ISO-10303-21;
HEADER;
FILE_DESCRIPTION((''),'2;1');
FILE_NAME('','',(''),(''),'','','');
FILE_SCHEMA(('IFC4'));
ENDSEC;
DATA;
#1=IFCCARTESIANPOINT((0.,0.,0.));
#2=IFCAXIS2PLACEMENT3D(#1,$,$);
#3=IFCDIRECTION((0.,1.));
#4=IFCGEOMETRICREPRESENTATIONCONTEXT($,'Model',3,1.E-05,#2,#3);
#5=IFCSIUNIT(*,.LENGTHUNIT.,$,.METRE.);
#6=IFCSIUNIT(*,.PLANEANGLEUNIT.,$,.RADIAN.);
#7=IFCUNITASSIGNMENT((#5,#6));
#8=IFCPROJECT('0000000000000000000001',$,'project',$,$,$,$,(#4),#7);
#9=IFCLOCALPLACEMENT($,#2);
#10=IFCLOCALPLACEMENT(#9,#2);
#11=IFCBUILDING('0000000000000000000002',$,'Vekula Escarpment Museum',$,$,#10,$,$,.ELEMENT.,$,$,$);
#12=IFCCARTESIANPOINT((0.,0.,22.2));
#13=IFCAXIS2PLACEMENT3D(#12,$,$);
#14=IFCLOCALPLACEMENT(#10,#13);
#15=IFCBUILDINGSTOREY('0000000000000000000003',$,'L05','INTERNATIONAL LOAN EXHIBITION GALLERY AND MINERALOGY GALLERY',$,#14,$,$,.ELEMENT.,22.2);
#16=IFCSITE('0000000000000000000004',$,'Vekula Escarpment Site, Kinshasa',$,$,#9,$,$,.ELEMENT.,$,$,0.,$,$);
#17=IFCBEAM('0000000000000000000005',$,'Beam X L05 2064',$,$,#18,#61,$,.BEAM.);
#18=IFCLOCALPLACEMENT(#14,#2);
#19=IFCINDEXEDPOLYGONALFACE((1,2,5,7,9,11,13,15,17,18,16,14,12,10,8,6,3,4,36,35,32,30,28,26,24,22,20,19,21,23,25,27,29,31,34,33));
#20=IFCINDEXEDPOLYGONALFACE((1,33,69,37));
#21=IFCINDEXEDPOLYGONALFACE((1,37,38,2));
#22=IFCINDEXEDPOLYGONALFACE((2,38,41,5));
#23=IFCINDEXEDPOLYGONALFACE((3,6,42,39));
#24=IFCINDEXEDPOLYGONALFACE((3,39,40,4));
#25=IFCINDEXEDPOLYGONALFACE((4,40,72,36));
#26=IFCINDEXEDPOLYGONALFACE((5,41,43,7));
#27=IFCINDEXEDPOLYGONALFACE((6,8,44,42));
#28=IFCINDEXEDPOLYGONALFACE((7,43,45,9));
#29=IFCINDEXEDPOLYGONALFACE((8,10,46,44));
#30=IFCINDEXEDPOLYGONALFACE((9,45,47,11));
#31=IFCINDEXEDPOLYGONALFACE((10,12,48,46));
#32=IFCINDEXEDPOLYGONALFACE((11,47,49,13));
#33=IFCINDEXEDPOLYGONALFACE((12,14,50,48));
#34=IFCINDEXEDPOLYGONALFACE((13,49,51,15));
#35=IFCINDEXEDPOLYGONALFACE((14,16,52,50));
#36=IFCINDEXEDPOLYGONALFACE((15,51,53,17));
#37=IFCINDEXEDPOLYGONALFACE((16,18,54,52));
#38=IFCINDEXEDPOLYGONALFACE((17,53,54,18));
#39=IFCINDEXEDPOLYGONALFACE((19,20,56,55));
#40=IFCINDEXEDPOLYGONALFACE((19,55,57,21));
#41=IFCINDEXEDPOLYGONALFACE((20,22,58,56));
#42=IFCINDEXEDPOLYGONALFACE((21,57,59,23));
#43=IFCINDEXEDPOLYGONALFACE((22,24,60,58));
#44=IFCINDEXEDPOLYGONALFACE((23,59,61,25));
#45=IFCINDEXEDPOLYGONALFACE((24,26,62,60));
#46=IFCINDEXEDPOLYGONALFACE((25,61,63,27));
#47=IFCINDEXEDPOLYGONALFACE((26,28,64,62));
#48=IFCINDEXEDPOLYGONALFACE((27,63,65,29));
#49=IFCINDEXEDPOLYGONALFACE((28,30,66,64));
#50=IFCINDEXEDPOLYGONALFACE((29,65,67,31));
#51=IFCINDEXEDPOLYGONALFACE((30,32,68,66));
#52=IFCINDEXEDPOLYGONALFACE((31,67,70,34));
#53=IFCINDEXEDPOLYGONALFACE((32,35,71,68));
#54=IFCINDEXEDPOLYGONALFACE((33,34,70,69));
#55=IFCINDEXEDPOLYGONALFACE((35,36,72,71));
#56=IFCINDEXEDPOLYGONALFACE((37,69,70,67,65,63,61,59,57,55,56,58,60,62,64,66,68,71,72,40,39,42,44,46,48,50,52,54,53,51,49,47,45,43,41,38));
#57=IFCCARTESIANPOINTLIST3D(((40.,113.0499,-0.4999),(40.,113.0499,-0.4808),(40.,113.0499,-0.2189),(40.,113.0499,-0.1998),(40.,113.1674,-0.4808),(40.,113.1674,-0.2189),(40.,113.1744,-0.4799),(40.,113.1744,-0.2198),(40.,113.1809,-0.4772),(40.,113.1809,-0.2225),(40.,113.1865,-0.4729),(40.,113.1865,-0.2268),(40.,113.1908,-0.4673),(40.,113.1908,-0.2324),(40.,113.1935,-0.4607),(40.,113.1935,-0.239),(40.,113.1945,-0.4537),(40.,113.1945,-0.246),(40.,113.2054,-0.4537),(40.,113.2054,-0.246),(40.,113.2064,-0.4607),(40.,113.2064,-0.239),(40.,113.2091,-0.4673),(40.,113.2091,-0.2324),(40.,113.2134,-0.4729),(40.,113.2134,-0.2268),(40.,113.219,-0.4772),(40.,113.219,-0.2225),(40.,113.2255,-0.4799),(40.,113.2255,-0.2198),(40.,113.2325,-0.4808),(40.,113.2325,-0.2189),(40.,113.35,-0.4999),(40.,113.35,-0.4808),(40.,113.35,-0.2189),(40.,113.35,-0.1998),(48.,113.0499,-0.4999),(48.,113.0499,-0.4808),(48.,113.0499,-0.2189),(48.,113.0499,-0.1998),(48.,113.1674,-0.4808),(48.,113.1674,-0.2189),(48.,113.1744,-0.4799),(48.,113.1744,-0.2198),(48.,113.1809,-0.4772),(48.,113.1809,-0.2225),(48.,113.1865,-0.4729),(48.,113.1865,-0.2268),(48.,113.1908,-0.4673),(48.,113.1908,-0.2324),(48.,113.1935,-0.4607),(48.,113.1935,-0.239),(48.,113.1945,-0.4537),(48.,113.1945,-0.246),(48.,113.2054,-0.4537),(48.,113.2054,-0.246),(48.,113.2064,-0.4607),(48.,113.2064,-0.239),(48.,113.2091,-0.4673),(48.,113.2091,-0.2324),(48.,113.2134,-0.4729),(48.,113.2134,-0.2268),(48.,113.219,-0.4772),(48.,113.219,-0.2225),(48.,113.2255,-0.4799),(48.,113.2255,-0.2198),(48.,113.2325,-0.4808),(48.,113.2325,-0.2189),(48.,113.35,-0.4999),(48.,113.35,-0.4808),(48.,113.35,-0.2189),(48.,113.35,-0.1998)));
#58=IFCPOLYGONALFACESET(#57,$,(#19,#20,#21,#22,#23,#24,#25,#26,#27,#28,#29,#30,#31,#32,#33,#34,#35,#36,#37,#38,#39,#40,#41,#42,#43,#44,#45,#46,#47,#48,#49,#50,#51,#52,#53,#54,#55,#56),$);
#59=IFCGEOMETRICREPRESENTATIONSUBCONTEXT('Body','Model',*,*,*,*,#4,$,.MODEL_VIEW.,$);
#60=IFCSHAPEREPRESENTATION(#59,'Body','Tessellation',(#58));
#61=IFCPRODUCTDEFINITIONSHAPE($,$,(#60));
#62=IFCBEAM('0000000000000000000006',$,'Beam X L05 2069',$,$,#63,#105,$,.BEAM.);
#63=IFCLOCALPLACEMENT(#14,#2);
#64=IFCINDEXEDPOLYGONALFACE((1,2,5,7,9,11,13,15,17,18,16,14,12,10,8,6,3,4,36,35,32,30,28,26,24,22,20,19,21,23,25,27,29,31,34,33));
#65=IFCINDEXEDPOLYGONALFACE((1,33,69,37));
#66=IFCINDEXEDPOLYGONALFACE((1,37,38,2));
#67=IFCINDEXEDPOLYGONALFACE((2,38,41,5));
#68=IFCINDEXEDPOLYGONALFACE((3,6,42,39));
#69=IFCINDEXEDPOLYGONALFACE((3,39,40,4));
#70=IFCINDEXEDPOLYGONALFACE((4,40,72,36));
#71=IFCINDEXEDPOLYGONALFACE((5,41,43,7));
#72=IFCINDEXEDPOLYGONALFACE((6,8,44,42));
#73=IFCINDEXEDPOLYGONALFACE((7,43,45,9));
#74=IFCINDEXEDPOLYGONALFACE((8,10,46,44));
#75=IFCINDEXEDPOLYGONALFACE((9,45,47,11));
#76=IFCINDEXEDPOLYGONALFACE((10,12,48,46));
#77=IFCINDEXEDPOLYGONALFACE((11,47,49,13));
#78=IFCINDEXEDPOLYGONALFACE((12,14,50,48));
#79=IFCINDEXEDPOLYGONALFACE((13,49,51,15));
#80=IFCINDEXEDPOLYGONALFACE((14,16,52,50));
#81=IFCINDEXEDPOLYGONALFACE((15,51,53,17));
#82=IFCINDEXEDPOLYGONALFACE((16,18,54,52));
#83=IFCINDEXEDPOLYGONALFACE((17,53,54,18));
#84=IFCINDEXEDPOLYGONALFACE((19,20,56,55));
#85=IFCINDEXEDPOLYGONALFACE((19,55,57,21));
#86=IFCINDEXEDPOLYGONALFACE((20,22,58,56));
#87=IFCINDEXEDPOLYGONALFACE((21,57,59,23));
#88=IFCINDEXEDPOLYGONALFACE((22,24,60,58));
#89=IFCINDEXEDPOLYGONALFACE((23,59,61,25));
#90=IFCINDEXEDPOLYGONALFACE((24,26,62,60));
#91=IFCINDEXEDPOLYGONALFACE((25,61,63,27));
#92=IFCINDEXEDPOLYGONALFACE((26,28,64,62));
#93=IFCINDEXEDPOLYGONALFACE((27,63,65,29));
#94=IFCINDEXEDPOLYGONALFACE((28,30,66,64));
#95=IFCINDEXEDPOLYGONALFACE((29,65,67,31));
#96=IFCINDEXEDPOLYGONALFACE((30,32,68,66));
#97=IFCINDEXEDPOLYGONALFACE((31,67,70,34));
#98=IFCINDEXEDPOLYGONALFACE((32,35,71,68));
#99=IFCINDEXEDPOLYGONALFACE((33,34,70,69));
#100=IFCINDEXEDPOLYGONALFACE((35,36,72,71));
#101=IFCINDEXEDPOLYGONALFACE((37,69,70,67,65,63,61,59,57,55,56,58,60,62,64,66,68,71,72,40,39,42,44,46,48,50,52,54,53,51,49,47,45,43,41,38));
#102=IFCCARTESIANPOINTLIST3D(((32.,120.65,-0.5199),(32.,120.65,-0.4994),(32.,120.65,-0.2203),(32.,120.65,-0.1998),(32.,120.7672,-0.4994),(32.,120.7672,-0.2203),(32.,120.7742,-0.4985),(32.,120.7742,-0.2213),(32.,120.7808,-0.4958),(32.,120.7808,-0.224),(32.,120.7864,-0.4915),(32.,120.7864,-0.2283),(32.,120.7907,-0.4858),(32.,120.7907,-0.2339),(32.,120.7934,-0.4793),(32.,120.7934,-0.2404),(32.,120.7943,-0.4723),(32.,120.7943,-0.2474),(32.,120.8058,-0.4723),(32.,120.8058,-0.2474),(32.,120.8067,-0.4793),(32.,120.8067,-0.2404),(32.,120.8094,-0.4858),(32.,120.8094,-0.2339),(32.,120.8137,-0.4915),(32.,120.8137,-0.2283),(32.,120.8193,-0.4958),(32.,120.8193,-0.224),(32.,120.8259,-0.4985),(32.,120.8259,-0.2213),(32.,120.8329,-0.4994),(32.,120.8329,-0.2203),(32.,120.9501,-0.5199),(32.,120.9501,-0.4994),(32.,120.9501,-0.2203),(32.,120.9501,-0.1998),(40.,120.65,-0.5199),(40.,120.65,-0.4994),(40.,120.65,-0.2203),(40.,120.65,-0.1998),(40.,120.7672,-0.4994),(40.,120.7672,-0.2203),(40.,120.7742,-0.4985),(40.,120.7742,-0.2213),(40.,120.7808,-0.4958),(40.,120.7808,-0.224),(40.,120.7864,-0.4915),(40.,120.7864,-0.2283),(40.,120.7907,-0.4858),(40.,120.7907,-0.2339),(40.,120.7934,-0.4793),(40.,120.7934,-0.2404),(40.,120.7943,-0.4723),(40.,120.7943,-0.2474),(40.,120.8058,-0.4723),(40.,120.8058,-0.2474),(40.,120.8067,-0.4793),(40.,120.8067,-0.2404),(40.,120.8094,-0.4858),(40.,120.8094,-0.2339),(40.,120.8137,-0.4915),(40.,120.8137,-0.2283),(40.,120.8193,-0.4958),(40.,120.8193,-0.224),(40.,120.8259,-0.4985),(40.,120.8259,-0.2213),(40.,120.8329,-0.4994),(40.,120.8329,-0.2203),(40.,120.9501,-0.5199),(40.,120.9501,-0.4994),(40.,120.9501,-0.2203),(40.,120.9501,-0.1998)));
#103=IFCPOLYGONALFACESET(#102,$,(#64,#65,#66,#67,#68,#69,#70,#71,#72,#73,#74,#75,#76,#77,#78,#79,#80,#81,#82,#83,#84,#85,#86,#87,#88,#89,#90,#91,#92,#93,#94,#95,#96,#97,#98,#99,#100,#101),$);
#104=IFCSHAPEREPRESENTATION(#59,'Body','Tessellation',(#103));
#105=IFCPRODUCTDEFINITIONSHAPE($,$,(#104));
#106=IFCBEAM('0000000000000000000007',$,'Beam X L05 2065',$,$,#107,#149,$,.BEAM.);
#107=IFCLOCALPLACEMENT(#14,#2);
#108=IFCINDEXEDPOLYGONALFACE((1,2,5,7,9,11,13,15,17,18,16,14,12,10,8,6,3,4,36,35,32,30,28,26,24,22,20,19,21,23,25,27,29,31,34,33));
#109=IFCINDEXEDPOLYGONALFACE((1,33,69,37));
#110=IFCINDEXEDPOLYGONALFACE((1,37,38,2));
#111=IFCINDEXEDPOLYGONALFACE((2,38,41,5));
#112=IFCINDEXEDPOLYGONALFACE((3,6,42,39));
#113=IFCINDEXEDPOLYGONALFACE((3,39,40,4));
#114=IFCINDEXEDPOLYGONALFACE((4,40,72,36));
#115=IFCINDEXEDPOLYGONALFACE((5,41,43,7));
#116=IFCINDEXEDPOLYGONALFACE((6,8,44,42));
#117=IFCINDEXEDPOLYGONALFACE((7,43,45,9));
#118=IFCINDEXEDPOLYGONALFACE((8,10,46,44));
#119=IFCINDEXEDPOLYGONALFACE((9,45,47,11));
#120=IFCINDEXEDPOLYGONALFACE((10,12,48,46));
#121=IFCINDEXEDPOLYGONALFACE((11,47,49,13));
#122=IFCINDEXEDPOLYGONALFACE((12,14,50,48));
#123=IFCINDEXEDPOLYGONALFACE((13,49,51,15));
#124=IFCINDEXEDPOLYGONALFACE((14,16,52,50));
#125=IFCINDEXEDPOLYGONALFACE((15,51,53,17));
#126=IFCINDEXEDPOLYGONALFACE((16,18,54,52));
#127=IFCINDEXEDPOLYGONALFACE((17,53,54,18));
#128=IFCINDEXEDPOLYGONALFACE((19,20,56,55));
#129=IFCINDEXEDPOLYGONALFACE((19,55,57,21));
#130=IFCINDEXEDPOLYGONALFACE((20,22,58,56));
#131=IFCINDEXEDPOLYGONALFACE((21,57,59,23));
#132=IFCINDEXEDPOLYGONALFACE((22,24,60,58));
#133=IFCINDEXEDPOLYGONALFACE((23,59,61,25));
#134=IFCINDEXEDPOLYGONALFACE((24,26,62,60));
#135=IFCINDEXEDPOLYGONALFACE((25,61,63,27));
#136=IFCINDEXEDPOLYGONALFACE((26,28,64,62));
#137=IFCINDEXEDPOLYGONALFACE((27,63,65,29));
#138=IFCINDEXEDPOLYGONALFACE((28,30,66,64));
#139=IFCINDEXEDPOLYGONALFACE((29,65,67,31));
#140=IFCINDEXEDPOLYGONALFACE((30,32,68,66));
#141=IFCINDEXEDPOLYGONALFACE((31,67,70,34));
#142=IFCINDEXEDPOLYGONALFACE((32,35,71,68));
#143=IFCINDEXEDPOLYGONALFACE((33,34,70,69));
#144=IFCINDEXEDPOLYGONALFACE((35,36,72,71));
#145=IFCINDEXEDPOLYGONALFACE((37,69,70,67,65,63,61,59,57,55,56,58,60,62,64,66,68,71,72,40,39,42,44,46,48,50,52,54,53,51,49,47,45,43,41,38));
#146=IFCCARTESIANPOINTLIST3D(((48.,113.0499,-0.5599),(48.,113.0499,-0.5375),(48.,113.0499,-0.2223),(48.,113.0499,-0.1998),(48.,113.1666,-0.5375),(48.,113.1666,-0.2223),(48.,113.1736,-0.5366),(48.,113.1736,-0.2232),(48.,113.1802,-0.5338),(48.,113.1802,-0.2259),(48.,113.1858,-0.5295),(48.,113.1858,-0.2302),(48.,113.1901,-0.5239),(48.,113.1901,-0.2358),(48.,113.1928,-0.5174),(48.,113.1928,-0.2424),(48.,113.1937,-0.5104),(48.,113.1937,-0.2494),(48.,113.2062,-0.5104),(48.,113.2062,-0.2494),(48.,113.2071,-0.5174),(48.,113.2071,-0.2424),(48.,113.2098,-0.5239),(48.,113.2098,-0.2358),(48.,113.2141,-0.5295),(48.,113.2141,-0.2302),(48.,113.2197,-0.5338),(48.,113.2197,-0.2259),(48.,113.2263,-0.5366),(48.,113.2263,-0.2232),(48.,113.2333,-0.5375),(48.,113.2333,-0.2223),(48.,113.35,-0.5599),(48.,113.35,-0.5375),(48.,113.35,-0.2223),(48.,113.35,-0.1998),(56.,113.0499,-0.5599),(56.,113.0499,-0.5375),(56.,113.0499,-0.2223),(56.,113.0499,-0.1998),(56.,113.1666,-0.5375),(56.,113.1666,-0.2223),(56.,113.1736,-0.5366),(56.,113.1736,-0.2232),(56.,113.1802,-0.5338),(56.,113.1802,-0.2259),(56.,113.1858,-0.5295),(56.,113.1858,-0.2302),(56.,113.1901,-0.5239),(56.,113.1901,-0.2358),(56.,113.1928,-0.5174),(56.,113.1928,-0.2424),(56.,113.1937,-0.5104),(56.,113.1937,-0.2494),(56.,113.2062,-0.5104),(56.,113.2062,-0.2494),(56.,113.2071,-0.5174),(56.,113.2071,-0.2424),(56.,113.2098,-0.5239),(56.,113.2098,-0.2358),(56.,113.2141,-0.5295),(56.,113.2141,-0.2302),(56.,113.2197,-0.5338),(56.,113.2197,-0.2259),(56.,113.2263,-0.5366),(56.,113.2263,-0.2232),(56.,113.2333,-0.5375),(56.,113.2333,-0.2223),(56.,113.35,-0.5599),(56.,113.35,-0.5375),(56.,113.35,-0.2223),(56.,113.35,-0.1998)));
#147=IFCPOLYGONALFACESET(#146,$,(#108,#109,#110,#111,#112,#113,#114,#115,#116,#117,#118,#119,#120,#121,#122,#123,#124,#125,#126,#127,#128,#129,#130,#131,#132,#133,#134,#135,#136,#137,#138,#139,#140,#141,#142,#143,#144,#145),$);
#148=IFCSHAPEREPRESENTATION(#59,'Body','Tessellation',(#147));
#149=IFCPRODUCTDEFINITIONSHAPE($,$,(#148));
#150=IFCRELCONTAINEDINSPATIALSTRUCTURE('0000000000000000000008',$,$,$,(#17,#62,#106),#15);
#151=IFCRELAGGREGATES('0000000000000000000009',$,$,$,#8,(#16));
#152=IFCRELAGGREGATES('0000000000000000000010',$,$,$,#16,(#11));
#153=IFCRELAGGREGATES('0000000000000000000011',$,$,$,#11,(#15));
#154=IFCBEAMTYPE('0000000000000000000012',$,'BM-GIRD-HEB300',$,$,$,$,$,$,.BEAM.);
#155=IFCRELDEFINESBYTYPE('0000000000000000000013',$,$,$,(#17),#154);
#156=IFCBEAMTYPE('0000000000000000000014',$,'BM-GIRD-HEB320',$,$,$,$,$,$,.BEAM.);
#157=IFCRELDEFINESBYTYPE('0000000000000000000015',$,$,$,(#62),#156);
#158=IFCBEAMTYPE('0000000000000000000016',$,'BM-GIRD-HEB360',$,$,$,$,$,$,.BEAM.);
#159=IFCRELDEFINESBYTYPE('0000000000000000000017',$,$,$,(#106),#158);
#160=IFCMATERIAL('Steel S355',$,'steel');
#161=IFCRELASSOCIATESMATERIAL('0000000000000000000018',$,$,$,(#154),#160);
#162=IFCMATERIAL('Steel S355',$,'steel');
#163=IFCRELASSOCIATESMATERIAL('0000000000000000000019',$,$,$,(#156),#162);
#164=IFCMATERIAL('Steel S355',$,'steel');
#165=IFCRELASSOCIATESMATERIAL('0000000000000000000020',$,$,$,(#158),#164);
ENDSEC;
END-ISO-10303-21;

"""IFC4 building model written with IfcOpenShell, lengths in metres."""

from ifc_helpers import new_model, si_unit, direction, frame, origin, origin_2d, place, context, subcontext, project, spatial, i_section, extrude, material, material_profile, profile_set, type_object, element, save


model = new_model("IFC4")

# Units and contexts
model_context = context("Model", 3, precision=1e-05, world=origin(), true_north=direction((0.0, 1.0)))
body_context = subcontext(model_context, "Body", "Model", "MODEL_VIEW")
ifc_project = project(units=[si_unit("LENGTHUNIT", "METRE"), si_unit("PLANEANGLEUNIT", "RADIAN")], contexts=[model_context])

# Site, building, storey
site_placement = place(None, origin())
site = spatial("IfcSite", under=ifc_project, at=site_placement, Name="Vekula Escarpment Site, Kinshasa", CompositionType="ELEMENT", RefElevation=0.0)
building_placement = place(site_placement, origin())
building = spatial("IfcBuilding", under=site, at=building_placement, Name="Vekula Escarpment Museum", CompositionType="ELEMENT")
storey_placement = place(building_placement, frame((0.0, 0.0, 22.2)))
storey = spatial("IfcBuildingStorey", under=building, at=storey_placement, Name="L05", Description="INTERNATIONAL LOAN EXHIBITION GALLERY AND MINERALOGY GALLERY", CompositionType="ELEMENT", Elevation=22.2)

# Beams
ifc_material_1 = material(Name="Steel S355", Category="steel")
ifc_material_profile_1 = material_profile(ifc_material_1, i_section(OverallWidth=0.3, OverallDepth=0.3, WebThickness=0.011, FlangeThickness=0.019, FilletRadius=0.0271, at=origin_2d()), Name="HEB 300")
ifc_profile_set_1 = profile_set([ifc_material_profile_1], Name="Steel S355")
beam_type_1 = type_object("IfcBeamType", Name="BM-GIRD-HEB300", PredefinedType="BEAM", material=ifc_profile_set_1)
beam_1_placement = place(storey_placement, frame((40.0, 113.2, -0.3499), z_axis=(1.0, 0.0, 0.0), x_axis=(0.0, 1.0, 0.0)))
element("IfcBeam", 1, at=beam_1_placement, inside=storey, type_object=beam_type_1, Name="Beam X L05 2064", PredefinedType="BEAM", context=body_context, shape_type="SweptSolid", body=[
    extrude(i_section(OverallWidth=0.3, OverallDepth=0.3, WebThickness=0.011, FlangeThickness=0.019, FilletRadius=0.0271, at=origin_2d()), origin(), (0.0, 0.0, 1.0), 8.0),
])
ifc_material_2 = material(Name="Steel S355", Category="steel")
ifc_material_profile_2 = material_profile(ifc_material_2, i_section(OverallWidth=0.3, OverallDepth=0.3201, WebThickness=0.0115, FlangeThickness=0.0205, FilletRadius=0.0271, at=origin_2d()), Name="HEB 320")
ifc_profile_set_2 = profile_set([ifc_material_profile_2], Name="Steel S355")
beam_type_2 = type_object("IfcBeamType", Name="BM-GIRD-HEB320", PredefinedType="BEAM", material=ifc_profile_set_2)
beam_2_placement = place(storey_placement, frame((32.0, 120.8, -0.3599), z_axis=(1.0, 0.0, 0.0), x_axis=(0.0, 1.0, 0.0)))
element("IfcBeam", 2, at=beam_2_placement, inside=storey, type_object=beam_type_2, Name="Beam X L05 2069", PredefinedType="BEAM", context=body_context, shape_type="SweptSolid", body=[
    extrude(i_section(OverallWidth=0.3, OverallDepth=0.3201, WebThickness=0.0115, FlangeThickness=0.0205, FilletRadius=0.0271, at=origin_2d()), origin(), (0.0, 0.0, 1.0), 8.0),
])
ifc_material_3 = material(Name="Steel S355", Category="steel")
ifc_material_profile_3 = material_profile(ifc_material_3, i_section(OverallWidth=0.3, OverallDepth=0.3601, WebThickness=0.0125, FlangeThickness=0.0225, FilletRadius=0.0271, at=origin_2d()), Name="HEB 360")
ifc_profile_set_3 = profile_set([ifc_material_profile_3], Name="Steel S355")
beam_type_3 = type_object("IfcBeamType", Name="BM-GIRD-HEB360", PredefinedType="BEAM", material=ifc_profile_set_3)
beam_3_placement = place(storey_placement, frame((48.0, 113.2, -0.3799), z_axis=(1.0, 0.0, 0.0), x_axis=(0.0, 1.0, 0.0)))
element("IfcBeam", 3, at=beam_3_placement, inside=storey, type_object=beam_type_3, Name="Beam X L05 2065", PredefinedType="BEAM", context=body_context, shape_type="SweptSolid", body=[
    extrude(i_section(OverallWidth=0.3, OverallDepth=0.3601, WebThickness=0.0125, FlangeThickness=0.0225, FilletRadius=0.0271, at=origin_2d()), origin(), (0.0, 0.0, 1.0), 8.0),
])

save(model, "model.ifc")
